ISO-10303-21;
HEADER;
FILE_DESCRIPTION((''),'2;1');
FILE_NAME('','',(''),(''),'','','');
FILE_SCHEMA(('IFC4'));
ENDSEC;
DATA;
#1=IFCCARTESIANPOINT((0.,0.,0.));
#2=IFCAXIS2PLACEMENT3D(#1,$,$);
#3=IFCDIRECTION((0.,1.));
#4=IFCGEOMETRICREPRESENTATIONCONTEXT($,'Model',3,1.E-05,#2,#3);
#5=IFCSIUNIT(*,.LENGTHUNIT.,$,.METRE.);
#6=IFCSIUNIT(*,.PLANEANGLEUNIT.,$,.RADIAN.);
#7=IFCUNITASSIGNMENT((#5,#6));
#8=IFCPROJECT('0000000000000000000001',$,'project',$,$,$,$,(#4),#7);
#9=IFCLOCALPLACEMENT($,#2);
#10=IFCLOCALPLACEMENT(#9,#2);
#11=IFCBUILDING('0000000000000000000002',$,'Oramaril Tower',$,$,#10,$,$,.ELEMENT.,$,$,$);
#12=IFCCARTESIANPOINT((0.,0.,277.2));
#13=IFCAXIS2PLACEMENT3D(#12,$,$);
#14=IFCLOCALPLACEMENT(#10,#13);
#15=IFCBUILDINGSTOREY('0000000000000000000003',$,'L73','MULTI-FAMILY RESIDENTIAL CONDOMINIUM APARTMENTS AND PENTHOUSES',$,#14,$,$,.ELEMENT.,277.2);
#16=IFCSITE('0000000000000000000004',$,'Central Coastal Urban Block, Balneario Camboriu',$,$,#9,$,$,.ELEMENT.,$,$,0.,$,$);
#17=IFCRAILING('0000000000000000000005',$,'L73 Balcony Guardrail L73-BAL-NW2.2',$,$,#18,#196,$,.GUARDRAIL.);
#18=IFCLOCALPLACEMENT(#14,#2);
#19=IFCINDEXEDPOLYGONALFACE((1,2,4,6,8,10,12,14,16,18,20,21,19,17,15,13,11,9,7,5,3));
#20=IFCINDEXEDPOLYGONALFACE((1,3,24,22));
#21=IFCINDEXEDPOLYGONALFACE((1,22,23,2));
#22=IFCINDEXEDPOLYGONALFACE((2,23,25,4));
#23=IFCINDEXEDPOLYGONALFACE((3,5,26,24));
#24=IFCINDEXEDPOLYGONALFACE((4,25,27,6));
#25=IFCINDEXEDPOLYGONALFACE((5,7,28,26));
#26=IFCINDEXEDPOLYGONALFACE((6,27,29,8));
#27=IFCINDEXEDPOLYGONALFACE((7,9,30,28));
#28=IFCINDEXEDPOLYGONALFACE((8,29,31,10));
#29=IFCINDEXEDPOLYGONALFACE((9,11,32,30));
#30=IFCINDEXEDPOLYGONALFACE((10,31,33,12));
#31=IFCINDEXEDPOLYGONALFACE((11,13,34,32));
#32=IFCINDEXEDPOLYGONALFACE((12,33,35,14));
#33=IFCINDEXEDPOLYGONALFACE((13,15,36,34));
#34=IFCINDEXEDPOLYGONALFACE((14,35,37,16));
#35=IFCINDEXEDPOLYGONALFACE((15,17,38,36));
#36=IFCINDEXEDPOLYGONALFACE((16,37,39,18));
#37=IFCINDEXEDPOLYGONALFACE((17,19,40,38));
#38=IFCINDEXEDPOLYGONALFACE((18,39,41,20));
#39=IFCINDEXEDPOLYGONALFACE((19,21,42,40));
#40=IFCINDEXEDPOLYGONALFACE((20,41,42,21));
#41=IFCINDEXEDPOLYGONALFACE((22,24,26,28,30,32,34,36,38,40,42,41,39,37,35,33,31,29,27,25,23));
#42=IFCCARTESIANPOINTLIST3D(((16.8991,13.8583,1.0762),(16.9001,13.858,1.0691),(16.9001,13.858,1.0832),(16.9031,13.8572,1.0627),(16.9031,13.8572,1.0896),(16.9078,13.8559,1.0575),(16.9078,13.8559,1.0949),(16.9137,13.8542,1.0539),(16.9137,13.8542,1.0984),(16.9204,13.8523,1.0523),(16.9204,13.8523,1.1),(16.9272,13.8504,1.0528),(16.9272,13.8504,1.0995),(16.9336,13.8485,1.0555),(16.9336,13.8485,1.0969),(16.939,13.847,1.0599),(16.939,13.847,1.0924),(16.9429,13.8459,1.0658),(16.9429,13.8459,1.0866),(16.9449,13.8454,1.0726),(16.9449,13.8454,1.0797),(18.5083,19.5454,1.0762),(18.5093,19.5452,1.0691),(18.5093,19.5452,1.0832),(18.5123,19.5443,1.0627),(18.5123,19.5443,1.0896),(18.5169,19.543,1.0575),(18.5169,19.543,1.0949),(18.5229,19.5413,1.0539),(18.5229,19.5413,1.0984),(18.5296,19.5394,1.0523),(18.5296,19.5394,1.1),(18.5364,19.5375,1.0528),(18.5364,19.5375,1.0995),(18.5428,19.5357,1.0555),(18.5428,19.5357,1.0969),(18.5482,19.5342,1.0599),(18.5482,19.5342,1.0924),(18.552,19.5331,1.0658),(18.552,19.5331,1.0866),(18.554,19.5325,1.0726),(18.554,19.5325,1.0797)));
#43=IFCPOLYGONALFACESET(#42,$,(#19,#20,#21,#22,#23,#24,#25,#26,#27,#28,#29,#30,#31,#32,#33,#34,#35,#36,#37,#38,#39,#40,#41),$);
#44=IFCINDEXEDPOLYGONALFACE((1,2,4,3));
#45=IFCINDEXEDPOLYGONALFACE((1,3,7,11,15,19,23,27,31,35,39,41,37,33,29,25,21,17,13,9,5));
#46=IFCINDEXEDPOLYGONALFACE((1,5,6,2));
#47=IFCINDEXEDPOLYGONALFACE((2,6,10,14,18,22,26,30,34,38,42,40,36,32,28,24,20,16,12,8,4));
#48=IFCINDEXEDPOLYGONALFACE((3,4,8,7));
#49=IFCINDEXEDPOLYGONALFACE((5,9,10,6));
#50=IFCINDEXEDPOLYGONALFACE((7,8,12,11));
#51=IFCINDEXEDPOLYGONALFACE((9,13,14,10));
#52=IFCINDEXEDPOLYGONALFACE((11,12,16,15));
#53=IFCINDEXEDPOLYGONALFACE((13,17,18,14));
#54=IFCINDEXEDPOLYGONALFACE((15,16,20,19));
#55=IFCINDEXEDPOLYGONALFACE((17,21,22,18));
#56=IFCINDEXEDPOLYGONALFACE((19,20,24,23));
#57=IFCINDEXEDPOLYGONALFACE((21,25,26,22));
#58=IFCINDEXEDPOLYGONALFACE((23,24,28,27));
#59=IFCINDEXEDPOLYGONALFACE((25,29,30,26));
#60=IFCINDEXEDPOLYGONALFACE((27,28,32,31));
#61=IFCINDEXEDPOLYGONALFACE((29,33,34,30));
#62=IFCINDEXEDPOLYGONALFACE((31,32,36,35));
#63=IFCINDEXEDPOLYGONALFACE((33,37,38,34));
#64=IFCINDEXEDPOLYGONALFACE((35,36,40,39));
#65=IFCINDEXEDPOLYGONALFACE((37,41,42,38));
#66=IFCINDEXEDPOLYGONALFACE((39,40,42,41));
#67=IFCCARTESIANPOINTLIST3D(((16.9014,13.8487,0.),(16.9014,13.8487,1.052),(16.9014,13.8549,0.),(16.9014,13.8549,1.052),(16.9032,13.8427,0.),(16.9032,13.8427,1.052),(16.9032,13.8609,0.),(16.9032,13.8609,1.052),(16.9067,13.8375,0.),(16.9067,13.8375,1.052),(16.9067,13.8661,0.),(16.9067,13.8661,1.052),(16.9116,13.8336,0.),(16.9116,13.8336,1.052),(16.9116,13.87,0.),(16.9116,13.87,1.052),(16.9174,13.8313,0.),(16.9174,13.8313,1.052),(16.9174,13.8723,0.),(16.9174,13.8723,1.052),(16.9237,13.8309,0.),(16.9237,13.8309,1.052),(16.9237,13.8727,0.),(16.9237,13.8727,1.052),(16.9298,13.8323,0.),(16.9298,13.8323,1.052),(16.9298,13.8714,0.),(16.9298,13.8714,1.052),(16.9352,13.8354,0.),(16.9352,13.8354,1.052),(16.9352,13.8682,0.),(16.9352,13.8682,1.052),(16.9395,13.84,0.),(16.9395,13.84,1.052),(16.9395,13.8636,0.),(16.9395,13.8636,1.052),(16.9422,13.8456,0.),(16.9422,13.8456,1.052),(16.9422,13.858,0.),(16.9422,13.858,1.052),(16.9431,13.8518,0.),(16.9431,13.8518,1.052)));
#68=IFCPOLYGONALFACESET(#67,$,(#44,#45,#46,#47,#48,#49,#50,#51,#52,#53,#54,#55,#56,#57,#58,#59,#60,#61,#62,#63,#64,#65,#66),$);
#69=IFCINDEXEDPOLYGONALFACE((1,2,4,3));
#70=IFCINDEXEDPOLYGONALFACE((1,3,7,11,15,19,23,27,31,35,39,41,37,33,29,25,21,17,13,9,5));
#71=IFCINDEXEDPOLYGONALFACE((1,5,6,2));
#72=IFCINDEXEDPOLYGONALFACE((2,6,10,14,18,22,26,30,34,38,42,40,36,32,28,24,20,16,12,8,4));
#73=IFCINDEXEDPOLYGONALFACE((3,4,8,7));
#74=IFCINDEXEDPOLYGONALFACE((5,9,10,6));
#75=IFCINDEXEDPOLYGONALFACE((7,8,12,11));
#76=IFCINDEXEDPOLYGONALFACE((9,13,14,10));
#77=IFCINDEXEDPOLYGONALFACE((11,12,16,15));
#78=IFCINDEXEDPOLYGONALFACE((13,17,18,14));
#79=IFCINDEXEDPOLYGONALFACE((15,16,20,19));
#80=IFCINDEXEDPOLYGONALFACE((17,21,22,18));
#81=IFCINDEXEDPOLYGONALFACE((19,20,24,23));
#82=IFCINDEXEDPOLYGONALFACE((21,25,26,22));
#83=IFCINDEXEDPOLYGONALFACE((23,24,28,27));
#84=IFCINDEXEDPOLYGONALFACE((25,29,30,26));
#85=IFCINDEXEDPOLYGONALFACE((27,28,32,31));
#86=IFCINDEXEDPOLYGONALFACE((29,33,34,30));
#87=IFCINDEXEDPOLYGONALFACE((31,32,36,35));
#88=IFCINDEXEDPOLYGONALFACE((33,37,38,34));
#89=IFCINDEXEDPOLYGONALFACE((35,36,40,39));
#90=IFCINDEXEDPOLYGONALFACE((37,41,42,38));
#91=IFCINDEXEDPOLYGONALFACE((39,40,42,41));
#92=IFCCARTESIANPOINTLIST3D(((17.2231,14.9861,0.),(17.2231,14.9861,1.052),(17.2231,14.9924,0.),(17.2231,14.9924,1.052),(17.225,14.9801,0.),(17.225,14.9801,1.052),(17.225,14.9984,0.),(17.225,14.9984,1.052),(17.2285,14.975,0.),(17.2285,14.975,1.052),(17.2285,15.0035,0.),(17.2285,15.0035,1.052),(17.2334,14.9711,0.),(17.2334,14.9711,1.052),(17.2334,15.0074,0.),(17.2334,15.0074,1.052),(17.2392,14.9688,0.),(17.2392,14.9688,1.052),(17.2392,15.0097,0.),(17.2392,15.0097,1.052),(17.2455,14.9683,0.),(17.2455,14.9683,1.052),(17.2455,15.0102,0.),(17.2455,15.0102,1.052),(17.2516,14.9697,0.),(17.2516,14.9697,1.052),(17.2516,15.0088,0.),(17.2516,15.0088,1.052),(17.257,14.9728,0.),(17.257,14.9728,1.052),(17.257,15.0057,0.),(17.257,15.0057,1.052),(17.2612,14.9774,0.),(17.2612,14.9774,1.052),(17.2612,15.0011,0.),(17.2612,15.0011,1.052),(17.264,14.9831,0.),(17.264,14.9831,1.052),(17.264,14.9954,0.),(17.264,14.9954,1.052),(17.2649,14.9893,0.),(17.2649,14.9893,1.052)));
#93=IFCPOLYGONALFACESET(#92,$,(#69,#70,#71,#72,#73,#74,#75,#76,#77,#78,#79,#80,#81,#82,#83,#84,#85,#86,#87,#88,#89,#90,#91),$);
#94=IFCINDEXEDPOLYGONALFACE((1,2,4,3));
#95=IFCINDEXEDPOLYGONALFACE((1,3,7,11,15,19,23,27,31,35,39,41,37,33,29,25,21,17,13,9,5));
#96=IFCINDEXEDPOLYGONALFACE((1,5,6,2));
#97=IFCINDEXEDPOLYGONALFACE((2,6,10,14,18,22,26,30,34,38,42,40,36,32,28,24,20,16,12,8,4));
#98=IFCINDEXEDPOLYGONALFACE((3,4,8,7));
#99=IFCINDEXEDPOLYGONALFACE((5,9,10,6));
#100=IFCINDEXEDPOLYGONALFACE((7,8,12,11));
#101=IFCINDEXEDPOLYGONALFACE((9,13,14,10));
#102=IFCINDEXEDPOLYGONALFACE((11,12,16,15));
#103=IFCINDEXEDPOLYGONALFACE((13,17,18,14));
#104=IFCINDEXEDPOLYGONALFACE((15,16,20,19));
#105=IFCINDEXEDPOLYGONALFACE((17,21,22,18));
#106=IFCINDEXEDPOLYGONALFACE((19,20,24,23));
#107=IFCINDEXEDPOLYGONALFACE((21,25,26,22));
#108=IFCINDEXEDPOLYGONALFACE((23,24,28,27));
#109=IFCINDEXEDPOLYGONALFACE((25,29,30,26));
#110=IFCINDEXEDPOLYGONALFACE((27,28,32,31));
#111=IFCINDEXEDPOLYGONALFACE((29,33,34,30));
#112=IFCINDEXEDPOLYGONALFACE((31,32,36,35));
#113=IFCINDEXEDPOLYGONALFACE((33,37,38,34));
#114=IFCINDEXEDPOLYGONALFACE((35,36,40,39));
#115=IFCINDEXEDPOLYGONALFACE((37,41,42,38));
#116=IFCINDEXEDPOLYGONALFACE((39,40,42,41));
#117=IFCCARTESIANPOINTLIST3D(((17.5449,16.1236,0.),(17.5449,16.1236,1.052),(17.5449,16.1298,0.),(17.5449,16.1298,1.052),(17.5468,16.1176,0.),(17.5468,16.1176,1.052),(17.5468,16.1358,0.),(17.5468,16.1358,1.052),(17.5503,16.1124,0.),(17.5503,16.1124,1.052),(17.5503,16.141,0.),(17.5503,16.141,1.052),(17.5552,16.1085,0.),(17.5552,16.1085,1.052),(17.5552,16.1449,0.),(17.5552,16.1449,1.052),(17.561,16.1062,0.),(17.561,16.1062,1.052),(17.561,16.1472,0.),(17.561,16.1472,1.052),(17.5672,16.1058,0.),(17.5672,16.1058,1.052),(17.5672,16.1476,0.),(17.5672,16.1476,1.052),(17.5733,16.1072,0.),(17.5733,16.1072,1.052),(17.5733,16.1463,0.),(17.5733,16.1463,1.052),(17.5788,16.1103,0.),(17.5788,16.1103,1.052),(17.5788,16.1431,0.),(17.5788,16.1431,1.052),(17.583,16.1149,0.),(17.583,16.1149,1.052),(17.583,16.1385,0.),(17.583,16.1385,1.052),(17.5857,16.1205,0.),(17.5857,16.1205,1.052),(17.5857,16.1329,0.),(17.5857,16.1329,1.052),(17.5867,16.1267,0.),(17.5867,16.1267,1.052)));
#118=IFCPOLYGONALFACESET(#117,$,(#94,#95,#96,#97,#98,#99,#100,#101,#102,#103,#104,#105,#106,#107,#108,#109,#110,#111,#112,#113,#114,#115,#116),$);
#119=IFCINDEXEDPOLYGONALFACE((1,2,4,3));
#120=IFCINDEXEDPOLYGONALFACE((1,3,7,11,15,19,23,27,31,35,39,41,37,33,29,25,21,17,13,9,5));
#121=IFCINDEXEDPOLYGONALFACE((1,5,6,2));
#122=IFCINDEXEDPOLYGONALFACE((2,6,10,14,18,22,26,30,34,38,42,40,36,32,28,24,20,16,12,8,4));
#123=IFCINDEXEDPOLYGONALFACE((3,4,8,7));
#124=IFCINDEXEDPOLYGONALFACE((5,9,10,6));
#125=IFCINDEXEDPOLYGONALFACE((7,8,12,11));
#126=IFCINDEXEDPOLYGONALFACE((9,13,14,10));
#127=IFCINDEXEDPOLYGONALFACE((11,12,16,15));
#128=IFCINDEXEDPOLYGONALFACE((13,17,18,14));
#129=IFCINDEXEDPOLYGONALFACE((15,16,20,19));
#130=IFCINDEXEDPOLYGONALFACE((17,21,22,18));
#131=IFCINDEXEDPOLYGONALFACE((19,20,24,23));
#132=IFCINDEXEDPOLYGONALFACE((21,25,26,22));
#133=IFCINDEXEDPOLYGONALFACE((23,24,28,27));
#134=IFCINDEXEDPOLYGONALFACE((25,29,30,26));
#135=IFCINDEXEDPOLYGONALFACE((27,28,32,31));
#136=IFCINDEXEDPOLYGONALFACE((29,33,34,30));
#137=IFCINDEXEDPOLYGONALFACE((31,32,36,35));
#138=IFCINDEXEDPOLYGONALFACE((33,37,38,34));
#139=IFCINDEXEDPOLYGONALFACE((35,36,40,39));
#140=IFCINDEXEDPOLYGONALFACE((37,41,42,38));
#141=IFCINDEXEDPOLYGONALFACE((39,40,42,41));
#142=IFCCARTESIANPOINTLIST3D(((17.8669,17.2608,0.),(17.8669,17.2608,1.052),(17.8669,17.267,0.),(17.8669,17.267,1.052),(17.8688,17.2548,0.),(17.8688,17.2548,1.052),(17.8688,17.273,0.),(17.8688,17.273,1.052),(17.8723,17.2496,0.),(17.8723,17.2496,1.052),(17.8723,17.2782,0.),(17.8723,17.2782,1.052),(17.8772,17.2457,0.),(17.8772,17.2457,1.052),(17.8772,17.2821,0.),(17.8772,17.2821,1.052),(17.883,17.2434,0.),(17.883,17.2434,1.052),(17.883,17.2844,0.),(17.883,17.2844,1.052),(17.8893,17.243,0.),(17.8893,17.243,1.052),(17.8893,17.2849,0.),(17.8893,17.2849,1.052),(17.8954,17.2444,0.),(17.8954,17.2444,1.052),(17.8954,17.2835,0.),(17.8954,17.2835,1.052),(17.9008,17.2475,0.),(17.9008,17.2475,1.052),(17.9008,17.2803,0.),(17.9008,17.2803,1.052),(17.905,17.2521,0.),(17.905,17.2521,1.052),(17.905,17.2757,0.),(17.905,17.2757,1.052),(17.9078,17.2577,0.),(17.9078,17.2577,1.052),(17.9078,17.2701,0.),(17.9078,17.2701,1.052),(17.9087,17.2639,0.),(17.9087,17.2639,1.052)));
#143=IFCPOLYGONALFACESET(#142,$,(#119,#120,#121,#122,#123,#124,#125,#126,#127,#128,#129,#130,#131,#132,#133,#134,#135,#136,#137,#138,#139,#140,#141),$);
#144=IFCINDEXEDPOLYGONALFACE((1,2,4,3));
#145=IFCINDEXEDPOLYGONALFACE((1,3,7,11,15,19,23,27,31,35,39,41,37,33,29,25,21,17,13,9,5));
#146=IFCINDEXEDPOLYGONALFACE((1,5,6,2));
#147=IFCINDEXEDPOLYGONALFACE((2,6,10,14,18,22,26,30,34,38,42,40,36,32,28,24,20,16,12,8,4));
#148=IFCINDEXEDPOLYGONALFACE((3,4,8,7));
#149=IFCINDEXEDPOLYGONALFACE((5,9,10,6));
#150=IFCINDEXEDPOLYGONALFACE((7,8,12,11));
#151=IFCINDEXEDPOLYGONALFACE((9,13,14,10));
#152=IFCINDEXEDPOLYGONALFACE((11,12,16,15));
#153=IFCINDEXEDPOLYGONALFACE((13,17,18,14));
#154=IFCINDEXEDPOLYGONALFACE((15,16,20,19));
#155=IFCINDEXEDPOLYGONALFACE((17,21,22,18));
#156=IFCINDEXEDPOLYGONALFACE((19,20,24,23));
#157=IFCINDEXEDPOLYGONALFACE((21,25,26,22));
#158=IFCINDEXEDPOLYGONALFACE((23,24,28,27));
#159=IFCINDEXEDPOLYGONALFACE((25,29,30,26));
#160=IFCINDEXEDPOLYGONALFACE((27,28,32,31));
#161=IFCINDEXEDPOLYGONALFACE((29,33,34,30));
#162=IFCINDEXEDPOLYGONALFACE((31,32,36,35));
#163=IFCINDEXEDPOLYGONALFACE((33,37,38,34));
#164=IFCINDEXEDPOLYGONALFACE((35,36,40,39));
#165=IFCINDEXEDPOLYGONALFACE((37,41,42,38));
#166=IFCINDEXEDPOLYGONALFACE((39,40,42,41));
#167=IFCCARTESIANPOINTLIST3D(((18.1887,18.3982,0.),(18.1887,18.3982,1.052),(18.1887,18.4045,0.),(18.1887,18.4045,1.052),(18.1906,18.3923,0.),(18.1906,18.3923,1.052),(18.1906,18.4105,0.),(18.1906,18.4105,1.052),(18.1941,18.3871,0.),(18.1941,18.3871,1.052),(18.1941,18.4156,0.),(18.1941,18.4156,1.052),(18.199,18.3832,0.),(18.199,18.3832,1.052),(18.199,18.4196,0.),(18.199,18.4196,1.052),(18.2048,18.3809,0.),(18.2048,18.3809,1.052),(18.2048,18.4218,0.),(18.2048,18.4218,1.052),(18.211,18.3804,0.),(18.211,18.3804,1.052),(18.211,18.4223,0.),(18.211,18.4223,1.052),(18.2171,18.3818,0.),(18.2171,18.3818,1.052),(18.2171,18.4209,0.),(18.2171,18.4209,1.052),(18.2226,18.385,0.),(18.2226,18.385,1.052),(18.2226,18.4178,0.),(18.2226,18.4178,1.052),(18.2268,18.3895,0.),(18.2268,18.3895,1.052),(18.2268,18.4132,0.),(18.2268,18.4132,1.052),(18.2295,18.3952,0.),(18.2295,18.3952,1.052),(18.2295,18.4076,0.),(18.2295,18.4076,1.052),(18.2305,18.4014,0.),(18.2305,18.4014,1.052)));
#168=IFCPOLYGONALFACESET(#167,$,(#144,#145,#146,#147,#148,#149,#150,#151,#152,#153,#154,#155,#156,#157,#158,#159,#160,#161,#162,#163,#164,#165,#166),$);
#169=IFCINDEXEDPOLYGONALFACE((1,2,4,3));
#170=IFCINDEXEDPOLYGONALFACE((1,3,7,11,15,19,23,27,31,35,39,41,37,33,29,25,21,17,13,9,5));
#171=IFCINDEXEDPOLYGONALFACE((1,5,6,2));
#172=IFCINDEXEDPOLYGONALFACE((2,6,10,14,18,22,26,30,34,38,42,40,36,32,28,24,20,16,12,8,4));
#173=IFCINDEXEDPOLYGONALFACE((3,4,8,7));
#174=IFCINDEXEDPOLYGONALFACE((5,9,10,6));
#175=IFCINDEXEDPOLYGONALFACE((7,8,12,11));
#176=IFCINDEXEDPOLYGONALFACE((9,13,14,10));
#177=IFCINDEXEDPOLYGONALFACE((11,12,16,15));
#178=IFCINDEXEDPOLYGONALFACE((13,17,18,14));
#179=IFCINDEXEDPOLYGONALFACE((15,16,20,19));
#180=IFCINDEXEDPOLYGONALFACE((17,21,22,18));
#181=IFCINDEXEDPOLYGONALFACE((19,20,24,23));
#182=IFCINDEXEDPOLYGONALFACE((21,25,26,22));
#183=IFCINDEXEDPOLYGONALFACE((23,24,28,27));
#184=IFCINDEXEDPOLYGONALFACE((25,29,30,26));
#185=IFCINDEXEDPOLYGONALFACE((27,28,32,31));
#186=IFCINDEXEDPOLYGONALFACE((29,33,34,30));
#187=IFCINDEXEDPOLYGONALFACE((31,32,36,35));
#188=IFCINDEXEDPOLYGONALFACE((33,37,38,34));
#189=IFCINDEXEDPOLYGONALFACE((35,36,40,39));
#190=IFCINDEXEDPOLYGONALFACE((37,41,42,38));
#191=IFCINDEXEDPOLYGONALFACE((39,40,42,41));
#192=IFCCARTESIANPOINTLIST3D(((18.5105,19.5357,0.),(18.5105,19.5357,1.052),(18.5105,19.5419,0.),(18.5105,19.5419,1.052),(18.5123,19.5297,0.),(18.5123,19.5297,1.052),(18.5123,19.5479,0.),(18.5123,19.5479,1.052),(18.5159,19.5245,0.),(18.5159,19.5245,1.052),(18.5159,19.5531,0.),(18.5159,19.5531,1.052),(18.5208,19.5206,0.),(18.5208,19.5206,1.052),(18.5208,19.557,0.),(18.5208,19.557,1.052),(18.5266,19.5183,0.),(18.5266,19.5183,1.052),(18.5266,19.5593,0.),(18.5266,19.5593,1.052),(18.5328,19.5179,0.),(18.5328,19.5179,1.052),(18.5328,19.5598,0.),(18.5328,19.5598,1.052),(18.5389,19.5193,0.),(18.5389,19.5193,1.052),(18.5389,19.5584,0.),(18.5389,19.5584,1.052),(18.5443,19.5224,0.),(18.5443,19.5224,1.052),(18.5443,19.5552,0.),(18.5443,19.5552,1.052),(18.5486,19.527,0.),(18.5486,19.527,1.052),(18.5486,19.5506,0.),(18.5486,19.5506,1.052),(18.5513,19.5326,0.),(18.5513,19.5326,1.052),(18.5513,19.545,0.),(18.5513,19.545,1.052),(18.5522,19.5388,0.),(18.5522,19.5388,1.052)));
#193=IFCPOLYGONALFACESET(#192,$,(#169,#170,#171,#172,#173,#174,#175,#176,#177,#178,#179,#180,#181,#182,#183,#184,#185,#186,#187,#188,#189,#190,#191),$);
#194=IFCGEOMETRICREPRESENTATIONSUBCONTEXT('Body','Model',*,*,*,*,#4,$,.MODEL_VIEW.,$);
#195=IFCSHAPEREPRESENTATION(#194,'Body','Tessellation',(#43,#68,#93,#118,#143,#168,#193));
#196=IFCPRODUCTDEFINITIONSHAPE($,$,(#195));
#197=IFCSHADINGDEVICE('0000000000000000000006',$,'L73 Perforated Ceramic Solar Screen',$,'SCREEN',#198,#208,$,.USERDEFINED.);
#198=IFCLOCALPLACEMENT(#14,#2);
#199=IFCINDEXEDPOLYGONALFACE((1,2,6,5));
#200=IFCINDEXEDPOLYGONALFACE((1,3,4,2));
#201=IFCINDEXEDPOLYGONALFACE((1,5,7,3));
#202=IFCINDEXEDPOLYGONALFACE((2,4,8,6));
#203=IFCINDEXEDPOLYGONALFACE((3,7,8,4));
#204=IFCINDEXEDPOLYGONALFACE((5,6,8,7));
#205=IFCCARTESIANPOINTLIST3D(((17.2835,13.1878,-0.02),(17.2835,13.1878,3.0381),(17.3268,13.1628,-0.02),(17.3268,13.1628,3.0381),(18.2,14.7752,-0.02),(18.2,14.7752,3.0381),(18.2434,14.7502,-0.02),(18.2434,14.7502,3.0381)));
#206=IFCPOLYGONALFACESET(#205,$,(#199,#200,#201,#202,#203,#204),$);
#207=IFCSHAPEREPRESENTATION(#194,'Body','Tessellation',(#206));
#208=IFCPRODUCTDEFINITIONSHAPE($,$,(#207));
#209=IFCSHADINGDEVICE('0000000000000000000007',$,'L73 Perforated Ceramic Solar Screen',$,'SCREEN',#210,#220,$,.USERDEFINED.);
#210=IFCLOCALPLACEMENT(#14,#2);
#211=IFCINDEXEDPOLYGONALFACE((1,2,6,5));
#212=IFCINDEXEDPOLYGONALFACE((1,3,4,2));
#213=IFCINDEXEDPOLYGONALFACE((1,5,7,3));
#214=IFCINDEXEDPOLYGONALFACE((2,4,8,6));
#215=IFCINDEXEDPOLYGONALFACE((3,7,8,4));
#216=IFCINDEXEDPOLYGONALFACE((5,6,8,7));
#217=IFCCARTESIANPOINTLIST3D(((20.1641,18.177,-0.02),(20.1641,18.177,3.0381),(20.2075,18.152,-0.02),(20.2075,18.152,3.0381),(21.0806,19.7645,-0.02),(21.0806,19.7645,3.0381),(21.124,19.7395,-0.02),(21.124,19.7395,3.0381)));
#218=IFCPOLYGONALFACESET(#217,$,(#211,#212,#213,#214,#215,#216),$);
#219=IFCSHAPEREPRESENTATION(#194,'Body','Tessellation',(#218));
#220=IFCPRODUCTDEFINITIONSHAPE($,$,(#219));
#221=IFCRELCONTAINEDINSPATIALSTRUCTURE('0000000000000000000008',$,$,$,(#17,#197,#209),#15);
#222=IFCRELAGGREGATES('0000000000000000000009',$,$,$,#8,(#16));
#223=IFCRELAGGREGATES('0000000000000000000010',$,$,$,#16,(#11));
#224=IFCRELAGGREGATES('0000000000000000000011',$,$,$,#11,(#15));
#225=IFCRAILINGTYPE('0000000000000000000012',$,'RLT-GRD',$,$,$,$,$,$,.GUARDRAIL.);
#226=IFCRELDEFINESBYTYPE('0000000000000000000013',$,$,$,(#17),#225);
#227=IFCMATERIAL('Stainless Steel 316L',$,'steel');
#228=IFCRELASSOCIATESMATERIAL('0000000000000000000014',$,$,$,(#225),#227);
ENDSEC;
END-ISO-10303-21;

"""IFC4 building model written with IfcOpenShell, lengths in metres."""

from ifc_helpers import new_model, si_unit, direction, frame, origin, origin_2d, place, context, subcontext, project, spatial, rectangle, circle, extrude, material, type_object, element, save


model = new_model("IFC4")

# Units and contexts
model_context = context("Model", 3, precision=1e-05, world=origin(), true_north=direction((0.0, 1.0)))
body_context = subcontext(model_context, "Body", "Model", "MODEL_VIEW")
ifc_project = project(units=[si_unit("LENGTHUNIT", "METRE"), si_unit("PLANEANGLEUNIT", "RADIAN")], contexts=[model_context])

# Site, building, storey
site_placement = place(None, origin())
site = spatial("IfcSite", under=ifc_project, at=site_placement, Name="Central Coastal Urban Block, Balneario Camboriu", CompositionType="ELEMENT", RefElevation=0.0)
building_placement = place(site_placement, origin())
building = spatial("IfcBuilding", under=site, at=building_placement, Name="Oramaril Tower", CompositionType="ELEMENT")
storey_placement = place(building_placement, frame((0.0, 0.0, 277.2)))
storey = spatial("IfcBuildingStorey", under=building, at=storey_placement, Name="L73", Description="MULTI-FAMILY RESIDENTIAL CONDOMINIUM APARTMENTS AND PENTHOUSES", CompositionType="ELEMENT", Elevation=277.2)

# Railing
ifc_material_1 = material(Name="Stainless Steel 316L", Category="steel")
railing_type = type_object("IfcRailingType", Name="RLT-GRD", PredefinedType="GUARDRAIL", material=ifc_material_1)
railing_1_placement = place(storey_placement, frame((16.9221, 13.8518, 0.0)))
element("IfcRailing", 1, at=railing_1_placement, inside=storey, type_object=railing_type, Name="L73 Balcony Guardrail L73-BAL-NW2.2", PredefinedType="GUARDRAIL", context=body_context, shape_type="SweptSolid", body=[
    extrude(circle(Radius=0.0239, at=origin_2d()), frame((0.0, 0.0, 1.0762), z_axis=(0.27226, 0.962224, 0.0), x_axis=(-0.962224, 0.27226, 0.0)), (0.0, 0.0, 1.0), 5.9104),
    extrude(circle(Radius=0.021, at=origin_2d()), origin(), (0.0, 0.0, 1.0), 1.052),
    extrude(circle(Radius=0.021, at=origin_2d()), frame((0.3218, 1.1375, 0.0)), (0.0, 0.0, 1.0), 1.052),
    extrude(circle(Radius=0.021, at=origin_2d()), frame((0.6436, 2.2749, 0.0)), (0.0, 0.0, 1.0), 1.052),
    extrude(circle(Radius=0.021, at=origin_2d()), frame((0.9656, 3.4121, 0.0)), (0.0, 0.0, 1.0), 1.052),
    extrude(circle(Radius=0.021, at=origin_2d()), frame((1.2874, 4.5496, 0.0)), (0.0, 0.0, 1.0), 1.052),
    extrude(circle(Radius=0.021, at=origin_2d()), frame((1.6091, 5.687, 0.0)), (0.0, 0.0, 1.0), 1.052),
])

# Shading devices
for number, where, z_axis, x_axis, name in (
    (2, (17.7634, 13.969, -0.02), (0.0, 0.0, 1.0), (-0.499998, -0.866026, 0.0), "L73 Perforated Ceramic Solar Screen"),
    (3, (20.644, 18.9583, -0.02), (0.0, 0.0, 1.0), (-0.499998, -0.866026, 0.0), "L73 Perforated Ceramic Solar Screen"),
):
    element("IfcShadingDevice", number, at=place(storey_placement, frame(where, z_axis=z_axis, x_axis=x_axis)), inside=storey, Name=name, ObjectType="SCREEN", PredefinedType="USERDEFINED", context=body_context, shape_type="SweptSolid", body=[
        extrude(rectangle(XDim=1.833, YDim=0.05, at=origin_2d()), origin(), (0.0, 0.0, 1.0), 3.0581),
    ])

save(model, "model.ifc")
